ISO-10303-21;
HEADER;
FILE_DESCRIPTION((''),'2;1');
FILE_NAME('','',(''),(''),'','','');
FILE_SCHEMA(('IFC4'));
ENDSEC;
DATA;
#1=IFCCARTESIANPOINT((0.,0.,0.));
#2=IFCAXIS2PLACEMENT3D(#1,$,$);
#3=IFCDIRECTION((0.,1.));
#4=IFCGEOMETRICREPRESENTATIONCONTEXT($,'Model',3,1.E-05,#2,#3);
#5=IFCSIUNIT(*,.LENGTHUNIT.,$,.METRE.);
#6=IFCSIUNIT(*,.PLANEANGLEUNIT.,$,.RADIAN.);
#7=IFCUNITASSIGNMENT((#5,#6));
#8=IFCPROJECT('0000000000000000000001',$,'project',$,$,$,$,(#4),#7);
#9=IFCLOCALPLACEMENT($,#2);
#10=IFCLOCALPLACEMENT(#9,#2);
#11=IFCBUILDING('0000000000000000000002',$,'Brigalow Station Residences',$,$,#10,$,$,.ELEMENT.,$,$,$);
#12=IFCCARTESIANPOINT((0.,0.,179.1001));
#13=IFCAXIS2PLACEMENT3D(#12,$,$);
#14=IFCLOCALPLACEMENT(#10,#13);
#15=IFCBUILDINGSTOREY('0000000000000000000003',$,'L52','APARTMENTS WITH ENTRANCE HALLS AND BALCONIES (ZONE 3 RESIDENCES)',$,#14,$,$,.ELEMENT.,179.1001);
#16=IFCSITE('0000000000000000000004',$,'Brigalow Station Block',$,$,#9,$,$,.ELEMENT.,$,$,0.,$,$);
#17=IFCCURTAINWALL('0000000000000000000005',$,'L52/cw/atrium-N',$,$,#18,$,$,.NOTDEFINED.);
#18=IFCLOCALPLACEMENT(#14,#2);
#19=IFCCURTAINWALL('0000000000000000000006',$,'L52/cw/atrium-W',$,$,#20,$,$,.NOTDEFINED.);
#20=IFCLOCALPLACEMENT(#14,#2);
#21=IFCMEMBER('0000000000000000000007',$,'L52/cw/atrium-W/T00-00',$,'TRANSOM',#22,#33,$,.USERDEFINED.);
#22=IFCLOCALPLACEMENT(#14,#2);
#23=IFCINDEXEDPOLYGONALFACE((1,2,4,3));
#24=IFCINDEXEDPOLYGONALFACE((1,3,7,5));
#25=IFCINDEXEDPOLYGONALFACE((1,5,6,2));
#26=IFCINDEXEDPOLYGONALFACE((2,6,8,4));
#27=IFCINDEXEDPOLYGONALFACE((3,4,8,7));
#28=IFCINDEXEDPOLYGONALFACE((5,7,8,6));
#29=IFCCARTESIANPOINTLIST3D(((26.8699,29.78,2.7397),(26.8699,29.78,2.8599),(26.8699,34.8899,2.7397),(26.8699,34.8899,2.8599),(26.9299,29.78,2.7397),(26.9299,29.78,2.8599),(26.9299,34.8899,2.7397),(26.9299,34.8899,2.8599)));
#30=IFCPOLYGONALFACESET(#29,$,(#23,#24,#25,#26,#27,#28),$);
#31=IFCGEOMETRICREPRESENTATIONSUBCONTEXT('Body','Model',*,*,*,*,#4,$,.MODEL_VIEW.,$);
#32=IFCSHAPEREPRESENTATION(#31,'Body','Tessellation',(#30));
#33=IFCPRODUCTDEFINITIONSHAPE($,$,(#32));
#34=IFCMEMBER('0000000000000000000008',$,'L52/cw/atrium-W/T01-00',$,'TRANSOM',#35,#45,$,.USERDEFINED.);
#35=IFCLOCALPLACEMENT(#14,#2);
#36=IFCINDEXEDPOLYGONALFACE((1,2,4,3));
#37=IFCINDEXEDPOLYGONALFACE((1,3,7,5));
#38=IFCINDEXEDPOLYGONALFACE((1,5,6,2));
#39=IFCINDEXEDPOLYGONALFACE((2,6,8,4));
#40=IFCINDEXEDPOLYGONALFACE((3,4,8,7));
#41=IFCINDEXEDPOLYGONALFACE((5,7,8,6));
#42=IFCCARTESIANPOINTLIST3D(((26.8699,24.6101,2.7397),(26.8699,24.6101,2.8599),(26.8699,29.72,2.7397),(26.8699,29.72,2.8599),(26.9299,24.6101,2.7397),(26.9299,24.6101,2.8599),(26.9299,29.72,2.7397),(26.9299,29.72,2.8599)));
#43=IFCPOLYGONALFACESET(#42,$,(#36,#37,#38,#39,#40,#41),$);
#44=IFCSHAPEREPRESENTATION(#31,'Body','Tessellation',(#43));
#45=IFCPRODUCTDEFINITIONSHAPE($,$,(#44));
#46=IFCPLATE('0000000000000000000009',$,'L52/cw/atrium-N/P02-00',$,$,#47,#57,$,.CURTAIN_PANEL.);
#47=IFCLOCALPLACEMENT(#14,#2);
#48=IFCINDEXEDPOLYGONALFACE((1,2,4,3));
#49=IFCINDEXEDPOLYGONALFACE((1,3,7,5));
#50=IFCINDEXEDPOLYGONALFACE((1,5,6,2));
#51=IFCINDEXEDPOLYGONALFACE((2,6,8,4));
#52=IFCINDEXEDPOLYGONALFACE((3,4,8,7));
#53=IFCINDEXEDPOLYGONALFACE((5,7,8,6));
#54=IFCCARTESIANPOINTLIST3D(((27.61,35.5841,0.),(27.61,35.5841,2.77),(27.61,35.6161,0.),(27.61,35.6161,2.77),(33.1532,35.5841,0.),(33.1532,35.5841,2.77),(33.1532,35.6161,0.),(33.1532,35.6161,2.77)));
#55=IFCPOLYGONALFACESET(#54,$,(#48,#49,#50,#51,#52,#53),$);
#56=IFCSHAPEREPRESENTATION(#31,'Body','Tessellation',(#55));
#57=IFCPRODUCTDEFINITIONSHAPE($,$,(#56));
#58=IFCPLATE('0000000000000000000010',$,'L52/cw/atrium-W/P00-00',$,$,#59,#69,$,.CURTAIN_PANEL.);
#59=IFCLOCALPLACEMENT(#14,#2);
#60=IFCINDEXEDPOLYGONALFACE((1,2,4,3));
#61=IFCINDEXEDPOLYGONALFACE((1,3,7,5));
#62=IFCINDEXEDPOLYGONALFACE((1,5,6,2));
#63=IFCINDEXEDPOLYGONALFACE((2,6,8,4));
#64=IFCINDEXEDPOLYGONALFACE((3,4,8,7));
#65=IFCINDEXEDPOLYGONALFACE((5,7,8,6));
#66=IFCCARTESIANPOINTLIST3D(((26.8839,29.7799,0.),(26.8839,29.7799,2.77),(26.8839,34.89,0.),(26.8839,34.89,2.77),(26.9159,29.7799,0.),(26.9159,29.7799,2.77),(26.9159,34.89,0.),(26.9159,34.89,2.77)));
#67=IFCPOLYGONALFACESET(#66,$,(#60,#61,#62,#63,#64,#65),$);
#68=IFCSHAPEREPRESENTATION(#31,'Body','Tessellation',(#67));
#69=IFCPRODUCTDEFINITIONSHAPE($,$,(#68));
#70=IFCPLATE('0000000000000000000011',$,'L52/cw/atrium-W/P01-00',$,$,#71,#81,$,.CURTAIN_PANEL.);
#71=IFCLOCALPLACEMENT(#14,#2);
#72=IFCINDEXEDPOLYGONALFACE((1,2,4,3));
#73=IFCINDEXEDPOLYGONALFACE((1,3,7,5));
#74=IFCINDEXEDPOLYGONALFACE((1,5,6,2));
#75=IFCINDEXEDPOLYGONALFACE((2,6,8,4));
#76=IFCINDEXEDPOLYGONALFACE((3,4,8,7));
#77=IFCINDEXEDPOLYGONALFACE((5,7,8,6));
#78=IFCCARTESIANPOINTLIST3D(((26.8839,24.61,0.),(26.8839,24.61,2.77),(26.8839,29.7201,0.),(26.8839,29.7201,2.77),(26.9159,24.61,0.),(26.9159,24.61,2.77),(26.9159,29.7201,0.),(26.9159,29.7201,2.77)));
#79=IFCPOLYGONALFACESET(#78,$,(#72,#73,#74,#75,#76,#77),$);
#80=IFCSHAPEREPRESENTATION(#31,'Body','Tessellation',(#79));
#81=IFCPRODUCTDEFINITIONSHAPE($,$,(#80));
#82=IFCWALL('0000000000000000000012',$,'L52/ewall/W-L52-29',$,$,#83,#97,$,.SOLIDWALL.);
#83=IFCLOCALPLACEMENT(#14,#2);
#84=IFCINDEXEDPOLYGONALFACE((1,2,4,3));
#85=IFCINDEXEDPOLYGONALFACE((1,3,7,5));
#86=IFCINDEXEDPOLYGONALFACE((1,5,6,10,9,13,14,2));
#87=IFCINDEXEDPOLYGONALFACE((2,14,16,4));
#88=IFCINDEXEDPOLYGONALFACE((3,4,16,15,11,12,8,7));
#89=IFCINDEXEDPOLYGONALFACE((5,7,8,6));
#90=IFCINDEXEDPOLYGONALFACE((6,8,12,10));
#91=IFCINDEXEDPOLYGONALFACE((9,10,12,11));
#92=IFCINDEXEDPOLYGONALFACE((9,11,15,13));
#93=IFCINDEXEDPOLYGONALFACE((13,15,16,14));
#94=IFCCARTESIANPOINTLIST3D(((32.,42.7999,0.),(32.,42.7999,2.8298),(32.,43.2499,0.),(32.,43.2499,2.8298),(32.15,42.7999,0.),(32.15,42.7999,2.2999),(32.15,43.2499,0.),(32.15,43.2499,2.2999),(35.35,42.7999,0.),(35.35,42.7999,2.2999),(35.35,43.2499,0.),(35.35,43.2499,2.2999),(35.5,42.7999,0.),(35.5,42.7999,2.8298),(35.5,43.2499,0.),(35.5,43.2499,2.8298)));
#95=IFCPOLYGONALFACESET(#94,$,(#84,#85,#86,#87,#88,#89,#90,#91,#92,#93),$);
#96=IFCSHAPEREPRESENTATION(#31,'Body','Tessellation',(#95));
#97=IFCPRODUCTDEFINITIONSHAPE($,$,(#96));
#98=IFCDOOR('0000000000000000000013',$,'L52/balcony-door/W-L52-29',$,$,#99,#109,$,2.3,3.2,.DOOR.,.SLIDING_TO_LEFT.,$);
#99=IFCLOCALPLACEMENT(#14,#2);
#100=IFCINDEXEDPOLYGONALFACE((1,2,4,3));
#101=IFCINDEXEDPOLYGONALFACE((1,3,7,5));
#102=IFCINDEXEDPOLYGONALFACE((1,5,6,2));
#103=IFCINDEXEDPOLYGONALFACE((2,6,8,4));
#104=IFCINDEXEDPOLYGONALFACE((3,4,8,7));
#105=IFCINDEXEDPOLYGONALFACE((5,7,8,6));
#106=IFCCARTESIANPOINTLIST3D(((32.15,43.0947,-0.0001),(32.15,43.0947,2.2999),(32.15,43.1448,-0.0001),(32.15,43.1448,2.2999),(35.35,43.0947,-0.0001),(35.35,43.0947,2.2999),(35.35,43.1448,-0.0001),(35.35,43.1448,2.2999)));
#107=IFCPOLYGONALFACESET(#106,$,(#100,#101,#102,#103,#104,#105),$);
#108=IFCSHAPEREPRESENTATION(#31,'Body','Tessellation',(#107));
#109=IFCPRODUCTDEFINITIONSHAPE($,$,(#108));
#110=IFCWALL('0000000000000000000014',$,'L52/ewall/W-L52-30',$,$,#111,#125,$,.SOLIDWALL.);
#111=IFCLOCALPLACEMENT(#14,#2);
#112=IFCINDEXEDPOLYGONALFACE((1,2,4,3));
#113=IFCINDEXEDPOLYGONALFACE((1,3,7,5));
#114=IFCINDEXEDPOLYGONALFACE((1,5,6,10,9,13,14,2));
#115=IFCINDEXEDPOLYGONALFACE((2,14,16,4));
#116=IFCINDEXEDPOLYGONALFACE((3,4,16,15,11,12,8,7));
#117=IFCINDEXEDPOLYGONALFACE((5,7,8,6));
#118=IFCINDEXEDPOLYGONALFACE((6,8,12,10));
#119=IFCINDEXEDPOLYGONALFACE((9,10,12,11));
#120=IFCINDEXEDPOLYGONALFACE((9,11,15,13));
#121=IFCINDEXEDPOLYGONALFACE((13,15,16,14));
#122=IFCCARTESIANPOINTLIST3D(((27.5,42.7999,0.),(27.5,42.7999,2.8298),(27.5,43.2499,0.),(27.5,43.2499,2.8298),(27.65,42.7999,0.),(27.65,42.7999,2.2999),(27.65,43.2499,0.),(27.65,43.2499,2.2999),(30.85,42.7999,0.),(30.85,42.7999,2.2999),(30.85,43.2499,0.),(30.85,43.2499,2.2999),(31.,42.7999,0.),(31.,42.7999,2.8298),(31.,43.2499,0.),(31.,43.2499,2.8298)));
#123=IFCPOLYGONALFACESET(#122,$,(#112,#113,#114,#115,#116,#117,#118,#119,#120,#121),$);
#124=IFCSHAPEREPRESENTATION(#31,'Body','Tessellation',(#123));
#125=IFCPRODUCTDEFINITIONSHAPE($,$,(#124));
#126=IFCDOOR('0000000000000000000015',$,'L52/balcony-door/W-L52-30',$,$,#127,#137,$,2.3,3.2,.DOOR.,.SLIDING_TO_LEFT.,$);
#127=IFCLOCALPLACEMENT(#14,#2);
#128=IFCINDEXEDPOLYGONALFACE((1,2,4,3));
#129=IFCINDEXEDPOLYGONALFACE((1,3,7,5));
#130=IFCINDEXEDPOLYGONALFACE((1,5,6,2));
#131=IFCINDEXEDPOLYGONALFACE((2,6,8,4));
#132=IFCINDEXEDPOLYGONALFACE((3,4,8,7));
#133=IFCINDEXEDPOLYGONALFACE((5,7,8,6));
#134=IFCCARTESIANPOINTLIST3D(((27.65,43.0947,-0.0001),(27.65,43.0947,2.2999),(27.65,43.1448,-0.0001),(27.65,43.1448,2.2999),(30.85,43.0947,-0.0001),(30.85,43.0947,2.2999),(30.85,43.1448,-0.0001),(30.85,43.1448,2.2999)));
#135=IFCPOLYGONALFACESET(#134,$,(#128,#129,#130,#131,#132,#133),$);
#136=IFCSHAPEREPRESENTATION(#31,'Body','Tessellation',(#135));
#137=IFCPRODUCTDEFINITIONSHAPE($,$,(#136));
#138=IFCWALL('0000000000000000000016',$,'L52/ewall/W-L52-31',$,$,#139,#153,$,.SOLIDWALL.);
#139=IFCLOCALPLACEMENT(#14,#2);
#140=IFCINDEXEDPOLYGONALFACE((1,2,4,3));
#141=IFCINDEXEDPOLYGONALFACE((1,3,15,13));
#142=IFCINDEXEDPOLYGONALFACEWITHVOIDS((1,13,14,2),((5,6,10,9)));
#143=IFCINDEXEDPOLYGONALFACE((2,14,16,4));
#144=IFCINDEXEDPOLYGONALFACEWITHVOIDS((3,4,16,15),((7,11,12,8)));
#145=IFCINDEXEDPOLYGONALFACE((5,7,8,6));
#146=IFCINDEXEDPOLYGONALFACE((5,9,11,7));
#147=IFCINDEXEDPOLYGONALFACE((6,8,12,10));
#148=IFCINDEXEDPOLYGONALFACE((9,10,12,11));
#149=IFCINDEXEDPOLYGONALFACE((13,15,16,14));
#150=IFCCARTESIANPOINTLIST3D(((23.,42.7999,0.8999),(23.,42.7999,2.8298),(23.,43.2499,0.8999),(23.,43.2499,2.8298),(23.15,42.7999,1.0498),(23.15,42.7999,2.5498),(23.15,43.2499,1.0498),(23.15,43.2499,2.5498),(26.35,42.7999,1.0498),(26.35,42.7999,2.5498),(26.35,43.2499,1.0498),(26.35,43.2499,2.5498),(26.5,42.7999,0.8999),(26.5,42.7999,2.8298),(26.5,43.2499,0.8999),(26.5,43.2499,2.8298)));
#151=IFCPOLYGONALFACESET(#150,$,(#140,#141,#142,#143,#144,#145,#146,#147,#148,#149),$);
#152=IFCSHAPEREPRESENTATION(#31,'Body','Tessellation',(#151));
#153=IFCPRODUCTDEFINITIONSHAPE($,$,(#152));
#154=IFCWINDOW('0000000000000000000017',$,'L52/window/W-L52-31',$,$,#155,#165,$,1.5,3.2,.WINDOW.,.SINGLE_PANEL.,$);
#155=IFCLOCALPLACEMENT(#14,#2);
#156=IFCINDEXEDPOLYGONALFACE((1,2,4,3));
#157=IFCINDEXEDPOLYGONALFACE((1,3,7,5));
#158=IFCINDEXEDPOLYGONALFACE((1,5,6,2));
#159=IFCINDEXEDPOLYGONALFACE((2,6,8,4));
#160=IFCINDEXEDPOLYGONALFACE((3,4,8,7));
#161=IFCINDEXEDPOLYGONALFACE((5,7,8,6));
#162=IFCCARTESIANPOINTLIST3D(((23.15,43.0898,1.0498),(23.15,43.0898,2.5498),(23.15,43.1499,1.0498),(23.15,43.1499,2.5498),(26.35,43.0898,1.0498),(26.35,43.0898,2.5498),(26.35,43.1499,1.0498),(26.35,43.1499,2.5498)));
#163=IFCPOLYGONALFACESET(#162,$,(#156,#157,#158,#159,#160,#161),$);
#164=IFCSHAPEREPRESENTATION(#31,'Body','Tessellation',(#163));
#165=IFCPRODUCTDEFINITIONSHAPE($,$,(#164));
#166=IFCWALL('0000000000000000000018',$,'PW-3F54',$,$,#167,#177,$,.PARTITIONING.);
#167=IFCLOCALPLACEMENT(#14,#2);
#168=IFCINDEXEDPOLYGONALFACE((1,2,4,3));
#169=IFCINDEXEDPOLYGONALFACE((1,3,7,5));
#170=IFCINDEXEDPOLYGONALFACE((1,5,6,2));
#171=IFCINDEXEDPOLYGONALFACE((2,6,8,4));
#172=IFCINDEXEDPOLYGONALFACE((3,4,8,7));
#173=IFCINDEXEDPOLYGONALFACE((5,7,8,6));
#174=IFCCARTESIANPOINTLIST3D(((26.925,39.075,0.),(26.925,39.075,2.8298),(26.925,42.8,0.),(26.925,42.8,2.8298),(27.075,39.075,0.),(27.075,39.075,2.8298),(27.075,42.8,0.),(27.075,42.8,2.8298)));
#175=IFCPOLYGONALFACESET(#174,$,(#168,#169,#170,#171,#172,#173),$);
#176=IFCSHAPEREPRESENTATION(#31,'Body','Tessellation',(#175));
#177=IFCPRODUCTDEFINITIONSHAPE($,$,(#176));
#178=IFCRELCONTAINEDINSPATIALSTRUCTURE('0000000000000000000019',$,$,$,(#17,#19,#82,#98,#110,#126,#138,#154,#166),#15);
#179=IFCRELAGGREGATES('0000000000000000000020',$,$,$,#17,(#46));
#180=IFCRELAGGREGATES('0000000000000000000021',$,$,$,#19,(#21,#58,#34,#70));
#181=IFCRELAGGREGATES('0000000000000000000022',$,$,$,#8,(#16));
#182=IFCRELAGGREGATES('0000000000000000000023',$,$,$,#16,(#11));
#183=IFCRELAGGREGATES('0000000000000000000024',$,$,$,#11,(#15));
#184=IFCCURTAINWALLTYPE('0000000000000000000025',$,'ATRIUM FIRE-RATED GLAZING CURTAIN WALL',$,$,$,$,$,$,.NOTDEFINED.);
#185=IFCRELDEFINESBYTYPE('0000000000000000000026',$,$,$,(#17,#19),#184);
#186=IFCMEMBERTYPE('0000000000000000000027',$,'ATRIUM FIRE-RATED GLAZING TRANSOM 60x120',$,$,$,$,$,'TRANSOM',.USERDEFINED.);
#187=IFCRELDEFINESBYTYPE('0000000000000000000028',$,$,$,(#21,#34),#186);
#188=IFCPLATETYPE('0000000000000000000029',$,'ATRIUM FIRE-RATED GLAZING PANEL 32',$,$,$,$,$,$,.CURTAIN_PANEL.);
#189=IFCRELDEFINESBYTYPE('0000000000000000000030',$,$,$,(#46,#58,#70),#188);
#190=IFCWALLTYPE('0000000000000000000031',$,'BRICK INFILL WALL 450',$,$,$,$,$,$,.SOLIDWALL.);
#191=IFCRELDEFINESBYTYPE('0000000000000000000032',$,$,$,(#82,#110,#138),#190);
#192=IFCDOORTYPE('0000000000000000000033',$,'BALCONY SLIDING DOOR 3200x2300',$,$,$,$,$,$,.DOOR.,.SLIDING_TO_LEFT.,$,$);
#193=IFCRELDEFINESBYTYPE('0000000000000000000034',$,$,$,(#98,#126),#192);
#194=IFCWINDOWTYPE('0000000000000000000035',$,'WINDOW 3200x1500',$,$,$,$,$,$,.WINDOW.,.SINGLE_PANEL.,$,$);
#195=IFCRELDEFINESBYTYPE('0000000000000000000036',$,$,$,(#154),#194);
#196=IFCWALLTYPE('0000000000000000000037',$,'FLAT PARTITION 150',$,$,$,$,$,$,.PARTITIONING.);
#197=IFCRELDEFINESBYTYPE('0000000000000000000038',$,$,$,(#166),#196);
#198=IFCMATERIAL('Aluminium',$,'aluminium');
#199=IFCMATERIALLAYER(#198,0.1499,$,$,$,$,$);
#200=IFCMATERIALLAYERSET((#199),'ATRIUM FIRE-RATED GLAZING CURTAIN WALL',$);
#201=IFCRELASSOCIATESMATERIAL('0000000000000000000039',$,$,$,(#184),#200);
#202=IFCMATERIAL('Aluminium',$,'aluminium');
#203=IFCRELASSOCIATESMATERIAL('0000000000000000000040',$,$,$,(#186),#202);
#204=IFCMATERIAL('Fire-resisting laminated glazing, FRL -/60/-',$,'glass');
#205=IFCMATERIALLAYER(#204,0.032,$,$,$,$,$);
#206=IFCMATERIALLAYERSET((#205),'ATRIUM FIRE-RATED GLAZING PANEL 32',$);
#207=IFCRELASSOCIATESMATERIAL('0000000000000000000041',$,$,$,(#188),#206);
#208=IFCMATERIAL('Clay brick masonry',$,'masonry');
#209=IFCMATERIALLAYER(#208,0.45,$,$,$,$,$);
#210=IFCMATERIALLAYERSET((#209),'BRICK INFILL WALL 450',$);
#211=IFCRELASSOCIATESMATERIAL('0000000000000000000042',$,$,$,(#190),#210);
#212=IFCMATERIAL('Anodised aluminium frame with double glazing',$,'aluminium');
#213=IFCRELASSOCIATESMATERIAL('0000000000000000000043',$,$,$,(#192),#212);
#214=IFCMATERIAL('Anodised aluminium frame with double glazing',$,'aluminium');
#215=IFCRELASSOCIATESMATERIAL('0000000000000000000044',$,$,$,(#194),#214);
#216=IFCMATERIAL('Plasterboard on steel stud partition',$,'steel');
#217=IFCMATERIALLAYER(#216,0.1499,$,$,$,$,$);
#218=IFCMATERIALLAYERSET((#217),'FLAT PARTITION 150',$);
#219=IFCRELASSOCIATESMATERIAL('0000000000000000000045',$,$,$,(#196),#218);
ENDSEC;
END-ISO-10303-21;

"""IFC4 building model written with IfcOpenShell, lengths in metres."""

from ifc_helpers import new_model, si_unit, direction, frame, frame_2d, origin, origin_2d, place, context, subcontext, project, spatial, rectangle, extrude, material, layer, layer_set, material_profile, profile_set, type_object, element, fill, aggregate, save


model = new_model("IFC4")

# Units and contexts
model_context = context("Model", 3, precision=1e-05, world=origin(), true_north=direction((0.0, 1.0)))
body_context = subcontext(model_context, "Body", "Model", "MODEL_VIEW")
ifc_project = project(units=[si_unit("LENGTHUNIT", "METRE"), si_unit("PLANEANGLEUNIT", "RADIAN")], contexts=[model_context])

# Site, building, storey
site_placement = place(None, origin())
site = spatial("IfcSite", under=ifc_project, at=site_placement, Name="Brigalow Station Block", CompositionType="ELEMENT", RefElevation=0.0)
building_placement = place(site_placement, origin())
building = spatial("IfcBuilding", under=site, at=building_placement, Name="Brigalow Station Residences", CompositionType="ELEMENT")
storey_placement = place(building_placement, frame((0.0, 0.0, 179.1001)))
storey = spatial("IfcBuildingStorey", under=building, at=storey_placement, Name="L52", Description="APARTMENTS WITH ENTRANCE HALLS AND BALCONIES (ZONE 3 RESIDENCES)", CompositionType="ELEMENT", Elevation=179.1001)

# Curtain walls
ifc_material_1 = material(Name="Aluminium", Category="aluminium")
ifc_layer_1 = layer(ifc_material_1, 0.1499)
ifc_layer_set_1 = layer_set([ifc_layer_1], Name="ATRIUM FIRE-RATED GLAZING CURTAIN WALL")
curtain_wall_type = type_object("IfcCurtainWallType", Name="ATRIUM FIRE-RATED GLAZING CURTAIN WALL", PredefinedType="NOTDEFINED", material=ifc_layer_set_1)
curtain_wall_1_placement = place(storey_placement, origin())
curtain_wall_1 = element("IfcCurtainWall", 1, at=curtain_wall_1_placement, inside=storey, type_object=curtain_wall_type, Name="L52/cw/atrium-N", PredefinedType="NOTDEFINED")
curtain_wall_2_placement = place(storey_placement, origin())
curtain_wall_2 = element("IfcCurtainWall", 2, at=curtain_wall_2_placement, inside=storey, type_object=curtain_wall_type, Name="L52/cw/atrium-W", PredefinedType="NOTDEFINED")

# Shared definitions
ifc_material_2 = material(Name="Aluminium", Category="aluminium")
ifc_material_profile_1 = material_profile(ifc_material_2, rectangle(XDim=0.0601, YDim=0.1201, at=origin_2d()), Name="ATRIUM FIRE-RATED GLAZING TRANSOM 60x120")
ifc_profile_set_1 = profile_set([ifc_material_profile_1], Name="Aluminium")
member_type_1 = type_object("IfcMemberType", Name="ATRIUM FIRE-RATED GLAZING TRANSOM 60x120", ElementType="TRANSOM", PredefinedType="USERDEFINED", material=ifc_profile_set_1)

# Members
member_1_placement = place(storey_placement, frame((26.8999, 34.8899, 2.7998), z_axis=(0.0, -1.0, 0.0), x_axis=(1.0, 0.0, 0.0)))
member_1 = element("IfcMember", 3, at=member_1_placement, type_object=member_type_1, Name="L52/cw/atrium-W/T00-00", ObjectType="TRANSOM", PredefinedType="USERDEFINED", context=body_context, shape_type="SweptSolid", body=[
    extrude(rectangle(XDim=0.0601, YDim=0.1201, at=origin_2d()), origin(), (0.0, 0.0, 1.0), 5.1099),
])
member_2_placement = place(storey_placement, frame((26.8999, 29.72, 2.7998), z_axis=(0.0, -1.0, 0.0), x_axis=(1.0, 0.0, 0.0)))
member_2 = element("IfcMember", 4, at=member_2_placement, type_object=member_type_1, Name="L52/cw/atrium-W/T01-00", ObjectType="TRANSOM", PredefinedType="USERDEFINED", context=body_context, shape_type="SweptSolid", body=[
    extrude(rectangle(XDim=0.0601, YDim=0.1201, at=origin_2d()), origin(), (0.0, 0.0, 1.0), 5.1099),
])

# Plates
ifc_material_3 = material(Name="Fire-resisting laminated glazing, FRL -/60/-", Category="glass")
ifc_layer_2 = layer(ifc_material_3, 0.032)
ifc_layer_set_2 = layer_set([ifc_layer_2], Name="ATRIUM FIRE-RATED GLAZING PANEL 32")
plate_type = type_object("IfcPlateType", Name="ATRIUM FIRE-RATED GLAZING PANEL 32", PredefinedType="CURTAIN_PANEL", material=ifc_layer_set_2)
plate_1_placement = place(storey_placement, frame((30.3816, 35.6001, 0.0), z_axis=(0.0, 0.0, 1.0), x_axis=(-1.0, 0.0, 0.0)))
plate_1 = element("IfcPlate", 5, at=plate_1_placement, type_object=plate_type, Name="L52/cw/atrium-N/P02-00", PredefinedType="CURTAIN_PANEL", context=body_context, shape_type="SweptSolid", body=[
    extrude(rectangle(XDim=5.5432, YDim=0.032, at=origin_2d()), origin(), (0.0, 0.0, 1.0), 2.77),
])
aggregate(curtain_wall_1, [plate_1])
plate_2_placement = place(storey_placement, frame((26.8999, 32.335, 0.0), z_axis=(0.0, 0.0, 1.0), x_axis=(0.0, -1.0, 0.0)))
plate_2 = element("IfcPlate", 6, at=plate_2_placement, type_object=plate_type, Name="L52/cw/atrium-W/P00-00", PredefinedType="CURTAIN_PANEL", context=body_context, shape_type="SweptSolid", body=[
    extrude(rectangle(XDim=5.1101, YDim=0.032, at=origin_2d()), origin(), (0.0, 0.0, 1.0), 2.77),
])
plate_3_placement = place(storey_placement, frame((26.8999, 27.165, 0.0), z_axis=(0.0, 0.0, 1.0), x_axis=(0.0, -1.0, 0.0)))
plate_3 = element("IfcPlate", 7, at=plate_3_placement, type_object=plate_type, Name="L52/cw/atrium-W/P01-00", PredefinedType="CURTAIN_PANEL", context=body_context, shape_type="SweptSolid", body=[
    extrude(rectangle(XDim=5.1101, YDim=0.032, at=origin_2d()), origin(), (0.0, 0.0, 1.0), 2.77),
])
aggregate(curtain_wall_2, [member_1, plate_2, member_2, plate_3])

# Walls, openings, doors
ifc_material_4 = material(Name="Clay brick masonry", Category="masonry")
ifc_layer_3 = layer(ifc_material_4, 0.45)
ifc_layer_set_3 = layer_set([ifc_layer_3], Name="BRICK INFILL WALL 450")
wall_type_1 = type_object("IfcWallType", Name="BRICK INFILL WALL 450", PredefinedType="SOLIDWALL", material=ifc_layer_set_3)
wall_1_placement = place(storey_placement, frame((35.5, 43.0249, 0.0), z_axis=(0.0, 0.0, 1.0), x_axis=(-1.0, 0.0, 0.0)))
wall_1 = element("IfcWall", 8, at=wall_1_placement, inside=storey, type_object=wall_type_1, Name="L52/ewall/W-L52-29", PredefinedType="SOLIDWALL", context=body_context, shape_type="SweptSolid", body=[
    extrude(rectangle(XDim=3.5, YDim=0.45, at=frame_2d((1.75, 0.0))), origin(), (0.0, 0.0, 1.0), 2.8298),
])
opening_1_placement = place(wall_1_placement, frame((0.1499, 0.0, 0.0)))
opening_1 = element("IfcOpeningElement", 9, at=opening_1_placement, cuts=wall_1, PredefinedType="OPENING", context=body_context, shape_type="SweptSolid", body=[
    extrude(rectangle(XDim=3.2, YDim=2.3, at=frame_2d((1.6001, 1.1499))), frame((0.0, 0.2349, 0.0), z_axis=(0.0, -1.0, 0.0), x_axis=(1.0, 0.0, 0.0)), (0.0, 0.0, 1.0), 0.47),
])
ifc_material_5 = material(Name="Anodised aluminium frame with double glazing", Category="aluminium")
door_type = type_object("IfcDoorType", Name="BALCONY SLIDING DOOR 3200x2300", OperationType="SLIDING_TO_LEFT", PredefinedType="DOOR", material=ifc_material_5)
door_1_placement = place(opening_1_placement, origin())
door_1 = element("IfcDoor", 10, at=door_1_placement, inside=storey, type_object=door_type, Name="L52/balcony-door/W-L52-29", OperationType="SLIDING_TO_LEFT", OverallHeight=2.3, OverallWidth=3.2, PredefinedType="DOOR", context=body_context, shape_type="SweptSolid", body=[
    extrude(rectangle(XDim=3.2, YDim=2.3, at=frame_2d((1.6001, 1.1499))), frame((0.0, -0.0698, 0.0), z_axis=(0.0, -1.0, 0.0), x_axis=(1.0, 0.0, 0.0)), (0.0, 0.0, 1.0), 0.05),
])
fill(opening_1, door_1)
wall_2_placement = place(storey_placement, frame((31.0, 43.0249, 0.0), z_axis=(0.0, 0.0, 1.0), x_axis=(-1.0, 0.0, 0.0)))
wall_2 = element("IfcWall", 11, at=wall_2_placement, inside=storey, type_object=wall_type_1, Name="L52/ewall/W-L52-30", PredefinedType="SOLIDWALL", context=body_context, shape_type="SweptSolid", body=[
    extrude(rectangle(XDim=3.5, YDim=0.45, at=frame_2d((1.75, 0.0))), origin(), (0.0, 0.0, 1.0), 2.8298),
])
opening_2_placement = place(wall_2_placement, frame((0.1499, 0.0, 0.0)))
opening_2 = element("IfcOpeningElement", 12, at=opening_2_placement, cuts=wall_2, PredefinedType="OPENING", context=body_context, shape_type="SweptSolid", body=[
    extrude(rectangle(XDim=3.2, YDim=2.3, at=frame_2d((1.6001, 1.1499))), frame((0.0, 0.2349, 0.0), z_axis=(0.0, -1.0, 0.0), x_axis=(1.0, 0.0, 0.0)), (0.0, 0.0, 1.0), 0.47),
])
door_2_placement = place(opening_2_placement, origin())
door_2 = element("IfcDoor", 13, at=door_2_placement, inside=storey, type_object=door_type, Name="L52/balcony-door/W-L52-30", OperationType="SLIDING_TO_LEFT", OverallHeight=2.3, OverallWidth=3.2, PredefinedType="DOOR", context=body_context, shape_type="SweptSolid", body=[
    extrude(rectangle(XDim=3.2, YDim=2.3, at=frame_2d((1.6001, 1.1499))), frame((0.0, -0.0698, 0.0), z_axis=(0.0, -1.0, 0.0), x_axis=(1.0, 0.0, 0.0)), (0.0, 0.0, 1.0), 0.05),
])
fill(opening_2, door_2)

# Wall, opening, window
wall_3_placement = place(storey_placement, frame((26.5, 43.0249, 0.8999), z_axis=(0.0, 0.0, 1.0), x_axis=(-1.0, 0.0, 0.0)))
wall_3 = element("IfcWall", 14, at=wall_3_placement, inside=storey, type_object=wall_type_1, Name="L52/ewall/W-L52-31", PredefinedType="SOLIDWALL", context=body_context, shape_type="SweptSolid", body=[
    extrude(rectangle(XDim=3.5, YDim=0.45, at=frame_2d((1.75, 0.0))), origin(), (0.0, 0.0, 1.0), 1.9299),
])
opening_3_placement = place(wall_3_placement, frame((0.1499, 0.0, 0.1499)))
opening_3 = element("IfcOpeningElement", 15, at=opening_3_placement, cuts=wall_3, PredefinedType="OPENING", context=body_context, shape_type="SweptSolid", body=[
    extrude(rectangle(XDim=3.2, YDim=1.5, at=frame_2d((1.6001, 0.75))), frame((0.0, 0.2349, 0.0), z_axis=(0.0, -1.0, 0.0), x_axis=(1.0, 0.0, 0.0)), (0.0, 0.0, 1.0), 0.47),
])
ifc_material_6 = material(Name="Anodised aluminium frame with double glazing", Category="aluminium")
window_type = type_object("IfcWindowType", Name="WINDOW 3200x1500", PartitioningType="SINGLE_PANEL", PredefinedType="WINDOW", material=ifc_material_6)
window_placement = place(opening_3_placement, origin())
window = element("IfcWindow", 16, at=window_placement, inside=storey, type_object=window_type, Name="L52/window/W-L52-31", OverallHeight=1.5, OverallWidth=3.2, PartitioningType="SINGLE_PANEL", PredefinedType="WINDOW", context=body_context, shape_type="SweptSolid", body=[
    extrude(rectangle(XDim=3.2, YDim=1.5, at=frame_2d((1.6001, 0.75))), frame((0.0, -0.0649, 0.0), z_axis=(0.0, -1.0, 0.0), x_axis=(1.0, 0.0, 0.0)), (0.0, 0.0, 1.0), 0.0601),
])
fill(opening_3, window)

# Wall
ifc_material_7 = material(Name="Plasterboard on steel stud partition", Category="steel")
ifc_layer_4 = layer(ifc_material_7, 0.1499)
ifc_layer_set_4 = layer_set([ifc_layer_4], Name="FLAT PARTITION 150")
wall_type_2 = type_object("IfcWallType", Name="FLAT PARTITION 150", PredefinedType="PARTITIONING", material=ifc_layer_set_4)
wall_4_placement = place(storey_placement, frame((27.0, 39.075, 0.0), z_axis=(0.0, 0.0, 1.0), x_axis=(0.0, 1.0, 0.0)))
element("IfcWall", 17, at=wall_4_placement, inside=storey, type_object=wall_type_2, Name="PW-3F54", PredefinedType="PARTITIONING", context=body_context, shape_type="SweptSolid", body=[
    extrude(rectangle(XDim=3.7251, YDim=0.1499, at=frame_2d((1.8625, 0.0))), origin(), (0.0, 0.0, 1.0), 2.8298),
])

save(model, "model.ifc")
